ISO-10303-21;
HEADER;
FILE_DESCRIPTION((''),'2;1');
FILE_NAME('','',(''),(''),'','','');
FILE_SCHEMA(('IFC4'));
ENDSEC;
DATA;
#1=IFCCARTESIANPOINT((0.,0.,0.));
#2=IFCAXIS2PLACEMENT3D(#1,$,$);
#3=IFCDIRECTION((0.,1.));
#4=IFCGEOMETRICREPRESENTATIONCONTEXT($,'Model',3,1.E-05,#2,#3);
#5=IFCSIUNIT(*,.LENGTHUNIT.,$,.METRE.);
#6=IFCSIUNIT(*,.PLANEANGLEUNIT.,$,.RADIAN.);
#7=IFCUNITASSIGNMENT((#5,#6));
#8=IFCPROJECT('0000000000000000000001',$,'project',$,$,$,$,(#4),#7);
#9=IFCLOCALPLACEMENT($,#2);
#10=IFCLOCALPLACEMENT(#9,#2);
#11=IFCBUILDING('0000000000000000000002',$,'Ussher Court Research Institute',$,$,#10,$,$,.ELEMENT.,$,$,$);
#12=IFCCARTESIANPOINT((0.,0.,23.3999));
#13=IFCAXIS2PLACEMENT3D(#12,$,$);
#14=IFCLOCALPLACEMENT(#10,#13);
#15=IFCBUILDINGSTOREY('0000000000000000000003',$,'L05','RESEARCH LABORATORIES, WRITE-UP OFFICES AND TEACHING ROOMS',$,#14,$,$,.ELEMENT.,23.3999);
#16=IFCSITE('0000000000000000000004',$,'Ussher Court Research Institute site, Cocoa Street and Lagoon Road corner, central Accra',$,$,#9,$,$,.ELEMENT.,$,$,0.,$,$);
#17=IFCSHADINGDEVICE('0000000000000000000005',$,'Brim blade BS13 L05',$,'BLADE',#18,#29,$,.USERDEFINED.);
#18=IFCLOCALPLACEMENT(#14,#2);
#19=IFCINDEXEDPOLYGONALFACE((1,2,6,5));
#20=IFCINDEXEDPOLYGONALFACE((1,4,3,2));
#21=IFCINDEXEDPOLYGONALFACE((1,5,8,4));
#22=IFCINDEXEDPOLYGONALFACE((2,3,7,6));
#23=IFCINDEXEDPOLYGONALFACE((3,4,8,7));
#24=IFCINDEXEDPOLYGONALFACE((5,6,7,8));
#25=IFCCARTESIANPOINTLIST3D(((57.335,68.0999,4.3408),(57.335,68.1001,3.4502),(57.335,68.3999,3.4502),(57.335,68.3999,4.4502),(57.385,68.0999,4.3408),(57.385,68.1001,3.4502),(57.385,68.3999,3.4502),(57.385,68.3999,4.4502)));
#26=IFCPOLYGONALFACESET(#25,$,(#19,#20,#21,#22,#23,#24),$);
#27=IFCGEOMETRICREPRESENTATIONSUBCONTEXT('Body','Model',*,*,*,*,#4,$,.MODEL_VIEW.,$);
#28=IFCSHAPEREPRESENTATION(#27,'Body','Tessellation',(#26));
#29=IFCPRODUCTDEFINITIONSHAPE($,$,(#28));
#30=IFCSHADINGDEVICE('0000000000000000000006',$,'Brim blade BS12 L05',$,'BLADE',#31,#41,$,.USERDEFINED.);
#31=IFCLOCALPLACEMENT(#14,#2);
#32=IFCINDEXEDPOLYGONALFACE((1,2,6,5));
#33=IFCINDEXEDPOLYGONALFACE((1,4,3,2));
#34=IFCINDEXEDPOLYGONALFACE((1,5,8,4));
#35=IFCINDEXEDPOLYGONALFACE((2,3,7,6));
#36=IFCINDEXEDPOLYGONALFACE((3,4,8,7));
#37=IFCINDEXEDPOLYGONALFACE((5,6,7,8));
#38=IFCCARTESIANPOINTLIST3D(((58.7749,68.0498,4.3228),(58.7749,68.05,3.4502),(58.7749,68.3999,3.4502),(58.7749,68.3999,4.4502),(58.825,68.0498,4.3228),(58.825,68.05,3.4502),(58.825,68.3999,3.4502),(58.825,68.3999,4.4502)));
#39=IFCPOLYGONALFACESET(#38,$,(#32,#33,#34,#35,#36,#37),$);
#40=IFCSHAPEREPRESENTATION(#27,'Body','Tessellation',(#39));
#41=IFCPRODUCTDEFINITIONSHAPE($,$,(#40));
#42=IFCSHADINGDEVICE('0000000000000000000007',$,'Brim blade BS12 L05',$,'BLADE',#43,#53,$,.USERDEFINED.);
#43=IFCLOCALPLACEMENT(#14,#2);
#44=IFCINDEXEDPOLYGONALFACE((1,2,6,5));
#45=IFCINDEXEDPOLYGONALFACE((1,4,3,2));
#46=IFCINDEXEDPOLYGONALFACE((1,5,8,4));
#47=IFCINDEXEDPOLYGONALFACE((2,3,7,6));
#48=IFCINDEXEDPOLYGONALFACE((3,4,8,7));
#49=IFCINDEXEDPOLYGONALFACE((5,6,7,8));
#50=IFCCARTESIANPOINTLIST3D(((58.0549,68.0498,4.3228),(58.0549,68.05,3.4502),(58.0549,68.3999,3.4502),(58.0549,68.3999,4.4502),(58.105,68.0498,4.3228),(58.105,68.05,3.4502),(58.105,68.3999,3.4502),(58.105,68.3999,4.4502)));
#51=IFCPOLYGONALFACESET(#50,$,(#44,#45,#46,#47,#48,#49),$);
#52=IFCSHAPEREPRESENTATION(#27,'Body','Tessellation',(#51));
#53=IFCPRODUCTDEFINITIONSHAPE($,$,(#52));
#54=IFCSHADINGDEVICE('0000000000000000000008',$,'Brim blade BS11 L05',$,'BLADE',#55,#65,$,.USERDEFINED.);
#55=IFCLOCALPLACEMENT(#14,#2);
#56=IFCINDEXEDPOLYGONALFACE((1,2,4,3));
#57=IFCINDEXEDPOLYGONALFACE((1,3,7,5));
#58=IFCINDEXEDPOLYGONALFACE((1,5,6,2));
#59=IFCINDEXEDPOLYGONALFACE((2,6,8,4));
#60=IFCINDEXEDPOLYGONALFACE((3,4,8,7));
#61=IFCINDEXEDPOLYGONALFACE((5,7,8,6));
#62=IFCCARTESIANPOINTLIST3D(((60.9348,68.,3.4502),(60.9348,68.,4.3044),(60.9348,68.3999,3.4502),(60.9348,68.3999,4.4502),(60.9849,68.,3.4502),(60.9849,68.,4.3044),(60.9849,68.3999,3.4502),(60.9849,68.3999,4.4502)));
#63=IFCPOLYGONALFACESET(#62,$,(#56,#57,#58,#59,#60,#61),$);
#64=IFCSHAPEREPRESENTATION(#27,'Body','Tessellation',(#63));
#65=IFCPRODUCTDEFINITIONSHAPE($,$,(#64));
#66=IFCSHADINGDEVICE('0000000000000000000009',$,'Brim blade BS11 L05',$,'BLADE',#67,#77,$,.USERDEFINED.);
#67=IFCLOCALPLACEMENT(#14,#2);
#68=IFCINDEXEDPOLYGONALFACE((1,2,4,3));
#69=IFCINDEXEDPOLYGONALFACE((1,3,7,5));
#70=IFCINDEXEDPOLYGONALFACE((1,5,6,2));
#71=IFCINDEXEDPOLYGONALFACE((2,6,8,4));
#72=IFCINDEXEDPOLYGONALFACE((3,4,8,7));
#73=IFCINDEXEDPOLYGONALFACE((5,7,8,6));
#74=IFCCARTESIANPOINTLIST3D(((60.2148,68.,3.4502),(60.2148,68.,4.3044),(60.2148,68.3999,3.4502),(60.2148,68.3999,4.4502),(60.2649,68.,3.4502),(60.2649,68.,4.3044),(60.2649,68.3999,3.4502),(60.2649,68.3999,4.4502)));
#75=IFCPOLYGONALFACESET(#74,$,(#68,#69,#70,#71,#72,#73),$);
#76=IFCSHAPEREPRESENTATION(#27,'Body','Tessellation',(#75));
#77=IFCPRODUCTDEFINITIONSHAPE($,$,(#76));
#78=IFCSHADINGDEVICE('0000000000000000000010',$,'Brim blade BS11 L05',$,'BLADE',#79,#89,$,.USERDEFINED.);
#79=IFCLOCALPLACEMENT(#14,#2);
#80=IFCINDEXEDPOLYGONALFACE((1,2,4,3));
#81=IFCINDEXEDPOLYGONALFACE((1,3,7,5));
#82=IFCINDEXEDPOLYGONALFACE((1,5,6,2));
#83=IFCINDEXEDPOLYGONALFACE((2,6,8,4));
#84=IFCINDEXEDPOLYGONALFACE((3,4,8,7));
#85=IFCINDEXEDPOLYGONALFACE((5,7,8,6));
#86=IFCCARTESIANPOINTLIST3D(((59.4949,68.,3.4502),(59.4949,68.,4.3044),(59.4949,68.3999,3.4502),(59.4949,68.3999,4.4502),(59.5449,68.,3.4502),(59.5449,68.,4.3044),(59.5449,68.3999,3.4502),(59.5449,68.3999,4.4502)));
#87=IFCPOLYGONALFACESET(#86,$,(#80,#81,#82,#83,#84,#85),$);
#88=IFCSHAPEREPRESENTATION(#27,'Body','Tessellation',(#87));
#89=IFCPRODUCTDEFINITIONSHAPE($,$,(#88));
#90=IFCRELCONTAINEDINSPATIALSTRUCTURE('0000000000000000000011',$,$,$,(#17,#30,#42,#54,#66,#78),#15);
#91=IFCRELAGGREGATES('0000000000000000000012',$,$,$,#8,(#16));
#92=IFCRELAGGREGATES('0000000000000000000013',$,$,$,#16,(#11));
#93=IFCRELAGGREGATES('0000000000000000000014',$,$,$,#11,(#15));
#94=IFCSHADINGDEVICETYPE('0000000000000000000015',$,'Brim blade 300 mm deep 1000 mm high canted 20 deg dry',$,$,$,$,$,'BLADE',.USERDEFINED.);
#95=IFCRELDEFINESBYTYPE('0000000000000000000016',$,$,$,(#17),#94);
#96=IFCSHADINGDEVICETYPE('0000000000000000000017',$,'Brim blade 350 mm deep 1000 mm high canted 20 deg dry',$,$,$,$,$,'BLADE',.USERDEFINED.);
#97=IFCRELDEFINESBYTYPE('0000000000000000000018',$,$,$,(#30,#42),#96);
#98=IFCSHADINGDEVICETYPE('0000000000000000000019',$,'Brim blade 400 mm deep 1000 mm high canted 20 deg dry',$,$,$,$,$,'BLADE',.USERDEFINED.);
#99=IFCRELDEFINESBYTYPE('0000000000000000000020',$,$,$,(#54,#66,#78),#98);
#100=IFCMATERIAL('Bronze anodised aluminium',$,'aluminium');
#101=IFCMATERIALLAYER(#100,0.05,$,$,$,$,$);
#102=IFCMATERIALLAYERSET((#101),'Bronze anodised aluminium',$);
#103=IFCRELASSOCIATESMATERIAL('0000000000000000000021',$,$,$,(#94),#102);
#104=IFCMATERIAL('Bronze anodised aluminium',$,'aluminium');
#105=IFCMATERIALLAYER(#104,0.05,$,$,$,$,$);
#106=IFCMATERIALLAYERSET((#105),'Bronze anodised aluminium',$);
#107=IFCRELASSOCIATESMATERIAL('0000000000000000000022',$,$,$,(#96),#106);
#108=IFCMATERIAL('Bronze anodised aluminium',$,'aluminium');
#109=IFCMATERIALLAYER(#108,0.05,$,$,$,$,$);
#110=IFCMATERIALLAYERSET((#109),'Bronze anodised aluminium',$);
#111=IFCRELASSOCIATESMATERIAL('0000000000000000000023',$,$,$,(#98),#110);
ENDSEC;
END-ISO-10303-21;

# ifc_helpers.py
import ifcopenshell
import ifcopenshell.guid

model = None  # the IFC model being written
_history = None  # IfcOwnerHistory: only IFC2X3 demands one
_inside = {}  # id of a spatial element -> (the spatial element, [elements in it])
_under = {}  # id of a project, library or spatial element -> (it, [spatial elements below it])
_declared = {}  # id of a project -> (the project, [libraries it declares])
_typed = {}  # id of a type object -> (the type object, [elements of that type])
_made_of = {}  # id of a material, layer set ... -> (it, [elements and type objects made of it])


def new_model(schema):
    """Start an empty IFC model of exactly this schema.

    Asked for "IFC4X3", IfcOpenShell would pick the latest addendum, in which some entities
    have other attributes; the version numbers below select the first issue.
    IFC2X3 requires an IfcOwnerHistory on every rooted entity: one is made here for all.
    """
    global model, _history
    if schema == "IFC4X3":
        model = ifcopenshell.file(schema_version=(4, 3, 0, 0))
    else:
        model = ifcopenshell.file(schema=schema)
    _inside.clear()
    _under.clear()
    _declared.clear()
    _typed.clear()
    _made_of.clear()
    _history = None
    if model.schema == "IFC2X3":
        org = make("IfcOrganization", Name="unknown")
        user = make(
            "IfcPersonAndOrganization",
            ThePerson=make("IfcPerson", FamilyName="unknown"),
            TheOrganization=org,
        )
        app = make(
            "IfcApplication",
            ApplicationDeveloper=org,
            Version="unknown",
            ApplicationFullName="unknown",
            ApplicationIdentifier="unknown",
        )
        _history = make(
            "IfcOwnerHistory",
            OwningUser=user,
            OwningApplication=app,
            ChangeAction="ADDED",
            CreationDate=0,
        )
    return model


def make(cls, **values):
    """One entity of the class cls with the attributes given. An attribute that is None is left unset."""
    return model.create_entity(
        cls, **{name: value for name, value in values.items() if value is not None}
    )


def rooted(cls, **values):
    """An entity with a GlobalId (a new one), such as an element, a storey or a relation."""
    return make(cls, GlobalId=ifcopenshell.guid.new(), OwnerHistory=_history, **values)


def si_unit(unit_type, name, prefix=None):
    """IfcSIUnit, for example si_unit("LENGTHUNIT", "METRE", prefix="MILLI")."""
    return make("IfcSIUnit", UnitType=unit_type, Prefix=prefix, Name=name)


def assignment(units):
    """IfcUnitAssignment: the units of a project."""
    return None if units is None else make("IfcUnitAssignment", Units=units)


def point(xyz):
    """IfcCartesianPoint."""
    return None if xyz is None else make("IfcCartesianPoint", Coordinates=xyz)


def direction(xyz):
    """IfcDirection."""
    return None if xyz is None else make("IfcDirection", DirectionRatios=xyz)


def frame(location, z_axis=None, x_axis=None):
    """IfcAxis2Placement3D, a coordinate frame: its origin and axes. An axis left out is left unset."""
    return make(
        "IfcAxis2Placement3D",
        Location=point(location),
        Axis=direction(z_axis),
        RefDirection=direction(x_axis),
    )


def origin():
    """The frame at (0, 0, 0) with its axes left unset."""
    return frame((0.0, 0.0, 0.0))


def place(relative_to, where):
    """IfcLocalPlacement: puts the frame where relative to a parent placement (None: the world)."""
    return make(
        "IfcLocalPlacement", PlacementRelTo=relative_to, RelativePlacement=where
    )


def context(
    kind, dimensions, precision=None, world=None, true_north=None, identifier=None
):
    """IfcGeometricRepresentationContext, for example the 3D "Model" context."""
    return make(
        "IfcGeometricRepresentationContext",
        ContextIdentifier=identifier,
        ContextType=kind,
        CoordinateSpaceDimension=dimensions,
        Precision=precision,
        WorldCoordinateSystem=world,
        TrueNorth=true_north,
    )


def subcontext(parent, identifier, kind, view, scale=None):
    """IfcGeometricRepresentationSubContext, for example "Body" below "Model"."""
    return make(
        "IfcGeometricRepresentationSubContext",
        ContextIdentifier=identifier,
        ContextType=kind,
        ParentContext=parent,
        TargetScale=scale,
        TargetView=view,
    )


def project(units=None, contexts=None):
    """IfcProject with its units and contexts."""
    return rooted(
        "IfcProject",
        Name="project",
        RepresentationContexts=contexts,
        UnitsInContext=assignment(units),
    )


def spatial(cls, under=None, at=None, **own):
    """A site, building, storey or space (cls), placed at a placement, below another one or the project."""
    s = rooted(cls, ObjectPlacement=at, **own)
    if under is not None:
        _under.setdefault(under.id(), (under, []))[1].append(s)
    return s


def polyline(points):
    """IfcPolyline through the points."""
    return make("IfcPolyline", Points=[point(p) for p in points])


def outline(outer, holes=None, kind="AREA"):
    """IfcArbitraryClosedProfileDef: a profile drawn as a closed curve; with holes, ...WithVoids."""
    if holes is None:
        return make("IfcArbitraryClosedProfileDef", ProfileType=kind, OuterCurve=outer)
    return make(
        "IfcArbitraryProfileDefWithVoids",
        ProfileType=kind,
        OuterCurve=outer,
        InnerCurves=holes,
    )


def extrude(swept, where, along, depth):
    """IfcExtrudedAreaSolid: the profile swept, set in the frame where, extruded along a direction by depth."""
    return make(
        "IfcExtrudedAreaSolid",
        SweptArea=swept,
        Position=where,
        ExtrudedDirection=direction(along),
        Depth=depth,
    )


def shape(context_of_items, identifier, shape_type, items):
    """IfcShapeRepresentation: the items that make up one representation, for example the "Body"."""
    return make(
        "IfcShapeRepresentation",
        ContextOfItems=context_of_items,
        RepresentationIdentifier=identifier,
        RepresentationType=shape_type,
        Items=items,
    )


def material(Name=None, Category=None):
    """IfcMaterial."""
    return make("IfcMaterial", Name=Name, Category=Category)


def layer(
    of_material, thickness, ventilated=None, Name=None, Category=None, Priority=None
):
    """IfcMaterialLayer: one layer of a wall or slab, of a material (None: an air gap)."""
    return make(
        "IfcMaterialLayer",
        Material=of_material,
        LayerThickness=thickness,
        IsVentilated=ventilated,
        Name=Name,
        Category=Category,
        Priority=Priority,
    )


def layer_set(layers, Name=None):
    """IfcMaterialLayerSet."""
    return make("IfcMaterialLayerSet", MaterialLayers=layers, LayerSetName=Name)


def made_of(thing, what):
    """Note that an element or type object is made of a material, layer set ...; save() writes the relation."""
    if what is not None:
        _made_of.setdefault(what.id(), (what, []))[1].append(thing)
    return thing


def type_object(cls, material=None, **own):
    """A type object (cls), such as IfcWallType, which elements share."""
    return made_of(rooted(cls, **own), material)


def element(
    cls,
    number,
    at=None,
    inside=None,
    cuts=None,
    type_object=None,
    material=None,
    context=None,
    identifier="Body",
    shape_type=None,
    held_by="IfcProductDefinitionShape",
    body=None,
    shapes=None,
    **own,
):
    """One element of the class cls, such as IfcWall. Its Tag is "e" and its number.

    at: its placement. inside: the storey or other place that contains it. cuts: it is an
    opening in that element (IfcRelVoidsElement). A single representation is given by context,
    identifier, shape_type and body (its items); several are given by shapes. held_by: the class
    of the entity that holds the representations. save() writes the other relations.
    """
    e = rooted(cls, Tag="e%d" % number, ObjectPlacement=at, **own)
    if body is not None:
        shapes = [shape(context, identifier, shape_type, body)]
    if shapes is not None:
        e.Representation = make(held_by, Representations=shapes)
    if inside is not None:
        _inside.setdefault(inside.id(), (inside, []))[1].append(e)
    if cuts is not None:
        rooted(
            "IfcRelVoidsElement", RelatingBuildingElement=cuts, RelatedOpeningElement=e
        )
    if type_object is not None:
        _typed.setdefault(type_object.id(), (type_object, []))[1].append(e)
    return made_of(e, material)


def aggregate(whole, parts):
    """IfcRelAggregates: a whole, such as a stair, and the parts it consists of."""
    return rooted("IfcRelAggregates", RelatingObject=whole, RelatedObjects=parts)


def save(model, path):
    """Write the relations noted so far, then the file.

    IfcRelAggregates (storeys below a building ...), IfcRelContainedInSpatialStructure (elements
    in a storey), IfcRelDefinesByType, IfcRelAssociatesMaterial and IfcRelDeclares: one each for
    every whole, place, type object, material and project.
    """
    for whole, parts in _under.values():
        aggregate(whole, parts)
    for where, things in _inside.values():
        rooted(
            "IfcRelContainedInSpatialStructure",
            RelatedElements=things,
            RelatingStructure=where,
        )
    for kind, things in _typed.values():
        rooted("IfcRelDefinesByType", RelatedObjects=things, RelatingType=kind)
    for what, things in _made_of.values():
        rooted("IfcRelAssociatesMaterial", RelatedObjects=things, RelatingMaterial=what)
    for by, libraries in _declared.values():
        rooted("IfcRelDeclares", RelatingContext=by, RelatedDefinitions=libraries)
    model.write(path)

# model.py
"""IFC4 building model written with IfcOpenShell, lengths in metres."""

from ifc_helpers import new_model, si_unit, direction, frame, origin, place, context, subcontext, project, spatial, polyline, outline, extrude, material, layer, layer_set, type_object, element, save


model = new_model("IFC4")

# Units and contexts
model_context = context("Model", 3, precision=1e-05, world=origin(), true_north=direction((0.0, 1.0)))
body_context = subcontext(model_context, "Body", "Model", "MODEL_VIEW")
ifc_project = project(units=[si_unit("LENGTHUNIT", "METRE"), si_unit("PLANEANGLEUNIT", "RADIAN")], contexts=[model_context])

# Site, building, storey
site_placement = place(None, origin())
site = spatial("IfcSite", under=ifc_project, at=site_placement, Name="Ussher Court Research Institute site, Cocoa Street and Lagoon Road corner, central Accra", CompositionType="ELEMENT", RefElevation=0.0)
building_placement = place(site_placement, origin())
building = spatial("IfcBuilding", under=site, at=building_placement, Name="Ussher Court Research Institute", CompositionType="ELEMENT")
storey_placement = place(building_placement, frame((0.0, 0.0, 23.3999)))
storey = spatial("IfcBuildingStorey", under=building, at=storey_placement, Name="L05", Description="RESEARCH LABORATORIES, WRITE-UP OFFICES AND TEACHING ROOMS", CompositionType="ELEMENT", Elevation=23.3999)

# Shading devices
ifc_material_1 = material(Name="Bronze anodised aluminium", Category="aluminium")
ifc_layer_1 = layer(ifc_material_1, 0.05)
ifc_layer_set_1 = layer_set([ifc_layer_1], Name="Bronze anodised aluminium")
shading_device_type_1 = type_object("IfcShadingDeviceType", Name="Brim blade 300 mm deep 1000 mm high canted 20 deg dry", ElementType="BLADE", PredefinedType="USERDEFINED", material=ifc_layer_set_1)
shading_device_1_placement = place(storey_placement, frame((57.3601, 68.3999, 3.4502), z_axis=(0.0, 0.0, 1.0), x_axis=(0.0, -1.0, 0.0)))
element("IfcShadingDevice", 1, at=shading_device_1_placement, inside=storey, type_object=shading_device_type_1, Name="Brim blade BS13 L05", ObjectType="BLADE", PredefinedType="USERDEFINED", context=body_context, shape_type="SweptSolid", body=[
    extrude(outline(polyline([(0.0, 0.0), (0.2998, 0.0), (0.3, 0.8906), (0.0, 1.0), (0.0, 0.0)])), frame((0.0, 0.0249, 0.0), z_axis=(0.0, -1.0, 0.0), x_axis=(1.0, 0.0, 0.0)), (0.0, 0.0, 1.0), 0.05),
])
ifc_material_2 = material(Name="Bronze anodised aluminium", Category="aluminium")
ifc_layer_2 = layer(ifc_material_2, 0.05)
ifc_layer_set_2 = layer_set([ifc_layer_2], Name="Bronze anodised aluminium")
shading_device_type_2 = type_object("IfcShadingDeviceType", Name="Brim blade 350 mm deep 1000 mm high canted 20 deg dry", ElementType="BLADE", PredefinedType="USERDEFINED", material=ifc_layer_set_2)
for number, where, z_axis, x_axis, name in (
    (2, (58.8, 68.3999, 3.4502), (0.0, 0.0, 1.0), (0.0, -1.0, 0.0), "Brim blade BS12 L05"),
    (3, (58.0801, 68.3999, 3.4502), (0.0, 0.0, 1.0), (0.0, -1.0, 0.0), "Brim blade BS12 L05"),
):
    element("IfcShadingDevice", number, at=place(storey_placement, frame(where, z_axis=z_axis, x_axis=x_axis)), inside=storey, type_object=shading_device_type_2, Name=name, ObjectType="BLADE", PredefinedType="USERDEFINED", context=body_context, shape_type="SweptSolid", body=[
        extrude(outline(polyline([(0.0, 0.0), (0.3499, 0.0), (0.3501, 0.8726), (0.0, 1.0), (0.0, 0.0)])), frame((0.0, 0.0249, 0.0), z_axis=(0.0, -1.0, 0.0), x_axis=(1.0, 0.0, 0.0)), (0.0, 0.0, 1.0), 0.05),
    ])
ifc_material_3 = material(Name="Bronze anodised aluminium", Category="aluminium")
ifc_layer_3 = layer(ifc_material_3, 0.05)
ifc_layer_set_3 = layer_set([ifc_layer_3], Name="Bronze anodised aluminium")
shading_device_type_3 = type_object("IfcShadingDeviceType", Name="Brim blade 400 mm deep 1000 mm high canted 20 deg dry", ElementType="BLADE", PredefinedType="USERDEFINED", material=ifc_layer_set_3)
for number, where, z_axis, x_axis, name in (
    (4, (60.96, 68.3999, 3.4502), (0.0, 0.0, 1.0), (0.0, -1.0, 0.0), "Brim blade BS11 L05"),
    (5, (60.24, 68.3999, 3.4502), (0.0, 0.0, 1.0), (0.0, -1.0, 0.0), "Brim blade BS11 L05"),
    (6, (59.52, 68.3999, 3.4502), (0.0, 0.0, 1.0), (0.0, -1.0, 0.0), "Brim blade BS11 L05"),
):
    element("IfcShadingDevice", number, at=place(storey_placement, frame(where, z_axis=z_axis, x_axis=x_axis)), inside=storey, type_object=shading_device_type_3, Name=name, ObjectType="BLADE", PredefinedType="USERDEFINED", context=body_context, shape_type="SweptSolid", body=[
        extrude(outline(polyline([(0.0, 0.0), (0.3999, 0.0), (0.3999, 0.8542), (0.0, 1.0), (0.0, 0.0)])), frame((0.0, 0.0249, 0.0), z_axis=(0.0, -1.0, 0.0), x_axis=(1.0, 0.0, 0.0)), (0.0, 0.0, 1.0), 0.05),
    ])

save(model, "model.ifc")
